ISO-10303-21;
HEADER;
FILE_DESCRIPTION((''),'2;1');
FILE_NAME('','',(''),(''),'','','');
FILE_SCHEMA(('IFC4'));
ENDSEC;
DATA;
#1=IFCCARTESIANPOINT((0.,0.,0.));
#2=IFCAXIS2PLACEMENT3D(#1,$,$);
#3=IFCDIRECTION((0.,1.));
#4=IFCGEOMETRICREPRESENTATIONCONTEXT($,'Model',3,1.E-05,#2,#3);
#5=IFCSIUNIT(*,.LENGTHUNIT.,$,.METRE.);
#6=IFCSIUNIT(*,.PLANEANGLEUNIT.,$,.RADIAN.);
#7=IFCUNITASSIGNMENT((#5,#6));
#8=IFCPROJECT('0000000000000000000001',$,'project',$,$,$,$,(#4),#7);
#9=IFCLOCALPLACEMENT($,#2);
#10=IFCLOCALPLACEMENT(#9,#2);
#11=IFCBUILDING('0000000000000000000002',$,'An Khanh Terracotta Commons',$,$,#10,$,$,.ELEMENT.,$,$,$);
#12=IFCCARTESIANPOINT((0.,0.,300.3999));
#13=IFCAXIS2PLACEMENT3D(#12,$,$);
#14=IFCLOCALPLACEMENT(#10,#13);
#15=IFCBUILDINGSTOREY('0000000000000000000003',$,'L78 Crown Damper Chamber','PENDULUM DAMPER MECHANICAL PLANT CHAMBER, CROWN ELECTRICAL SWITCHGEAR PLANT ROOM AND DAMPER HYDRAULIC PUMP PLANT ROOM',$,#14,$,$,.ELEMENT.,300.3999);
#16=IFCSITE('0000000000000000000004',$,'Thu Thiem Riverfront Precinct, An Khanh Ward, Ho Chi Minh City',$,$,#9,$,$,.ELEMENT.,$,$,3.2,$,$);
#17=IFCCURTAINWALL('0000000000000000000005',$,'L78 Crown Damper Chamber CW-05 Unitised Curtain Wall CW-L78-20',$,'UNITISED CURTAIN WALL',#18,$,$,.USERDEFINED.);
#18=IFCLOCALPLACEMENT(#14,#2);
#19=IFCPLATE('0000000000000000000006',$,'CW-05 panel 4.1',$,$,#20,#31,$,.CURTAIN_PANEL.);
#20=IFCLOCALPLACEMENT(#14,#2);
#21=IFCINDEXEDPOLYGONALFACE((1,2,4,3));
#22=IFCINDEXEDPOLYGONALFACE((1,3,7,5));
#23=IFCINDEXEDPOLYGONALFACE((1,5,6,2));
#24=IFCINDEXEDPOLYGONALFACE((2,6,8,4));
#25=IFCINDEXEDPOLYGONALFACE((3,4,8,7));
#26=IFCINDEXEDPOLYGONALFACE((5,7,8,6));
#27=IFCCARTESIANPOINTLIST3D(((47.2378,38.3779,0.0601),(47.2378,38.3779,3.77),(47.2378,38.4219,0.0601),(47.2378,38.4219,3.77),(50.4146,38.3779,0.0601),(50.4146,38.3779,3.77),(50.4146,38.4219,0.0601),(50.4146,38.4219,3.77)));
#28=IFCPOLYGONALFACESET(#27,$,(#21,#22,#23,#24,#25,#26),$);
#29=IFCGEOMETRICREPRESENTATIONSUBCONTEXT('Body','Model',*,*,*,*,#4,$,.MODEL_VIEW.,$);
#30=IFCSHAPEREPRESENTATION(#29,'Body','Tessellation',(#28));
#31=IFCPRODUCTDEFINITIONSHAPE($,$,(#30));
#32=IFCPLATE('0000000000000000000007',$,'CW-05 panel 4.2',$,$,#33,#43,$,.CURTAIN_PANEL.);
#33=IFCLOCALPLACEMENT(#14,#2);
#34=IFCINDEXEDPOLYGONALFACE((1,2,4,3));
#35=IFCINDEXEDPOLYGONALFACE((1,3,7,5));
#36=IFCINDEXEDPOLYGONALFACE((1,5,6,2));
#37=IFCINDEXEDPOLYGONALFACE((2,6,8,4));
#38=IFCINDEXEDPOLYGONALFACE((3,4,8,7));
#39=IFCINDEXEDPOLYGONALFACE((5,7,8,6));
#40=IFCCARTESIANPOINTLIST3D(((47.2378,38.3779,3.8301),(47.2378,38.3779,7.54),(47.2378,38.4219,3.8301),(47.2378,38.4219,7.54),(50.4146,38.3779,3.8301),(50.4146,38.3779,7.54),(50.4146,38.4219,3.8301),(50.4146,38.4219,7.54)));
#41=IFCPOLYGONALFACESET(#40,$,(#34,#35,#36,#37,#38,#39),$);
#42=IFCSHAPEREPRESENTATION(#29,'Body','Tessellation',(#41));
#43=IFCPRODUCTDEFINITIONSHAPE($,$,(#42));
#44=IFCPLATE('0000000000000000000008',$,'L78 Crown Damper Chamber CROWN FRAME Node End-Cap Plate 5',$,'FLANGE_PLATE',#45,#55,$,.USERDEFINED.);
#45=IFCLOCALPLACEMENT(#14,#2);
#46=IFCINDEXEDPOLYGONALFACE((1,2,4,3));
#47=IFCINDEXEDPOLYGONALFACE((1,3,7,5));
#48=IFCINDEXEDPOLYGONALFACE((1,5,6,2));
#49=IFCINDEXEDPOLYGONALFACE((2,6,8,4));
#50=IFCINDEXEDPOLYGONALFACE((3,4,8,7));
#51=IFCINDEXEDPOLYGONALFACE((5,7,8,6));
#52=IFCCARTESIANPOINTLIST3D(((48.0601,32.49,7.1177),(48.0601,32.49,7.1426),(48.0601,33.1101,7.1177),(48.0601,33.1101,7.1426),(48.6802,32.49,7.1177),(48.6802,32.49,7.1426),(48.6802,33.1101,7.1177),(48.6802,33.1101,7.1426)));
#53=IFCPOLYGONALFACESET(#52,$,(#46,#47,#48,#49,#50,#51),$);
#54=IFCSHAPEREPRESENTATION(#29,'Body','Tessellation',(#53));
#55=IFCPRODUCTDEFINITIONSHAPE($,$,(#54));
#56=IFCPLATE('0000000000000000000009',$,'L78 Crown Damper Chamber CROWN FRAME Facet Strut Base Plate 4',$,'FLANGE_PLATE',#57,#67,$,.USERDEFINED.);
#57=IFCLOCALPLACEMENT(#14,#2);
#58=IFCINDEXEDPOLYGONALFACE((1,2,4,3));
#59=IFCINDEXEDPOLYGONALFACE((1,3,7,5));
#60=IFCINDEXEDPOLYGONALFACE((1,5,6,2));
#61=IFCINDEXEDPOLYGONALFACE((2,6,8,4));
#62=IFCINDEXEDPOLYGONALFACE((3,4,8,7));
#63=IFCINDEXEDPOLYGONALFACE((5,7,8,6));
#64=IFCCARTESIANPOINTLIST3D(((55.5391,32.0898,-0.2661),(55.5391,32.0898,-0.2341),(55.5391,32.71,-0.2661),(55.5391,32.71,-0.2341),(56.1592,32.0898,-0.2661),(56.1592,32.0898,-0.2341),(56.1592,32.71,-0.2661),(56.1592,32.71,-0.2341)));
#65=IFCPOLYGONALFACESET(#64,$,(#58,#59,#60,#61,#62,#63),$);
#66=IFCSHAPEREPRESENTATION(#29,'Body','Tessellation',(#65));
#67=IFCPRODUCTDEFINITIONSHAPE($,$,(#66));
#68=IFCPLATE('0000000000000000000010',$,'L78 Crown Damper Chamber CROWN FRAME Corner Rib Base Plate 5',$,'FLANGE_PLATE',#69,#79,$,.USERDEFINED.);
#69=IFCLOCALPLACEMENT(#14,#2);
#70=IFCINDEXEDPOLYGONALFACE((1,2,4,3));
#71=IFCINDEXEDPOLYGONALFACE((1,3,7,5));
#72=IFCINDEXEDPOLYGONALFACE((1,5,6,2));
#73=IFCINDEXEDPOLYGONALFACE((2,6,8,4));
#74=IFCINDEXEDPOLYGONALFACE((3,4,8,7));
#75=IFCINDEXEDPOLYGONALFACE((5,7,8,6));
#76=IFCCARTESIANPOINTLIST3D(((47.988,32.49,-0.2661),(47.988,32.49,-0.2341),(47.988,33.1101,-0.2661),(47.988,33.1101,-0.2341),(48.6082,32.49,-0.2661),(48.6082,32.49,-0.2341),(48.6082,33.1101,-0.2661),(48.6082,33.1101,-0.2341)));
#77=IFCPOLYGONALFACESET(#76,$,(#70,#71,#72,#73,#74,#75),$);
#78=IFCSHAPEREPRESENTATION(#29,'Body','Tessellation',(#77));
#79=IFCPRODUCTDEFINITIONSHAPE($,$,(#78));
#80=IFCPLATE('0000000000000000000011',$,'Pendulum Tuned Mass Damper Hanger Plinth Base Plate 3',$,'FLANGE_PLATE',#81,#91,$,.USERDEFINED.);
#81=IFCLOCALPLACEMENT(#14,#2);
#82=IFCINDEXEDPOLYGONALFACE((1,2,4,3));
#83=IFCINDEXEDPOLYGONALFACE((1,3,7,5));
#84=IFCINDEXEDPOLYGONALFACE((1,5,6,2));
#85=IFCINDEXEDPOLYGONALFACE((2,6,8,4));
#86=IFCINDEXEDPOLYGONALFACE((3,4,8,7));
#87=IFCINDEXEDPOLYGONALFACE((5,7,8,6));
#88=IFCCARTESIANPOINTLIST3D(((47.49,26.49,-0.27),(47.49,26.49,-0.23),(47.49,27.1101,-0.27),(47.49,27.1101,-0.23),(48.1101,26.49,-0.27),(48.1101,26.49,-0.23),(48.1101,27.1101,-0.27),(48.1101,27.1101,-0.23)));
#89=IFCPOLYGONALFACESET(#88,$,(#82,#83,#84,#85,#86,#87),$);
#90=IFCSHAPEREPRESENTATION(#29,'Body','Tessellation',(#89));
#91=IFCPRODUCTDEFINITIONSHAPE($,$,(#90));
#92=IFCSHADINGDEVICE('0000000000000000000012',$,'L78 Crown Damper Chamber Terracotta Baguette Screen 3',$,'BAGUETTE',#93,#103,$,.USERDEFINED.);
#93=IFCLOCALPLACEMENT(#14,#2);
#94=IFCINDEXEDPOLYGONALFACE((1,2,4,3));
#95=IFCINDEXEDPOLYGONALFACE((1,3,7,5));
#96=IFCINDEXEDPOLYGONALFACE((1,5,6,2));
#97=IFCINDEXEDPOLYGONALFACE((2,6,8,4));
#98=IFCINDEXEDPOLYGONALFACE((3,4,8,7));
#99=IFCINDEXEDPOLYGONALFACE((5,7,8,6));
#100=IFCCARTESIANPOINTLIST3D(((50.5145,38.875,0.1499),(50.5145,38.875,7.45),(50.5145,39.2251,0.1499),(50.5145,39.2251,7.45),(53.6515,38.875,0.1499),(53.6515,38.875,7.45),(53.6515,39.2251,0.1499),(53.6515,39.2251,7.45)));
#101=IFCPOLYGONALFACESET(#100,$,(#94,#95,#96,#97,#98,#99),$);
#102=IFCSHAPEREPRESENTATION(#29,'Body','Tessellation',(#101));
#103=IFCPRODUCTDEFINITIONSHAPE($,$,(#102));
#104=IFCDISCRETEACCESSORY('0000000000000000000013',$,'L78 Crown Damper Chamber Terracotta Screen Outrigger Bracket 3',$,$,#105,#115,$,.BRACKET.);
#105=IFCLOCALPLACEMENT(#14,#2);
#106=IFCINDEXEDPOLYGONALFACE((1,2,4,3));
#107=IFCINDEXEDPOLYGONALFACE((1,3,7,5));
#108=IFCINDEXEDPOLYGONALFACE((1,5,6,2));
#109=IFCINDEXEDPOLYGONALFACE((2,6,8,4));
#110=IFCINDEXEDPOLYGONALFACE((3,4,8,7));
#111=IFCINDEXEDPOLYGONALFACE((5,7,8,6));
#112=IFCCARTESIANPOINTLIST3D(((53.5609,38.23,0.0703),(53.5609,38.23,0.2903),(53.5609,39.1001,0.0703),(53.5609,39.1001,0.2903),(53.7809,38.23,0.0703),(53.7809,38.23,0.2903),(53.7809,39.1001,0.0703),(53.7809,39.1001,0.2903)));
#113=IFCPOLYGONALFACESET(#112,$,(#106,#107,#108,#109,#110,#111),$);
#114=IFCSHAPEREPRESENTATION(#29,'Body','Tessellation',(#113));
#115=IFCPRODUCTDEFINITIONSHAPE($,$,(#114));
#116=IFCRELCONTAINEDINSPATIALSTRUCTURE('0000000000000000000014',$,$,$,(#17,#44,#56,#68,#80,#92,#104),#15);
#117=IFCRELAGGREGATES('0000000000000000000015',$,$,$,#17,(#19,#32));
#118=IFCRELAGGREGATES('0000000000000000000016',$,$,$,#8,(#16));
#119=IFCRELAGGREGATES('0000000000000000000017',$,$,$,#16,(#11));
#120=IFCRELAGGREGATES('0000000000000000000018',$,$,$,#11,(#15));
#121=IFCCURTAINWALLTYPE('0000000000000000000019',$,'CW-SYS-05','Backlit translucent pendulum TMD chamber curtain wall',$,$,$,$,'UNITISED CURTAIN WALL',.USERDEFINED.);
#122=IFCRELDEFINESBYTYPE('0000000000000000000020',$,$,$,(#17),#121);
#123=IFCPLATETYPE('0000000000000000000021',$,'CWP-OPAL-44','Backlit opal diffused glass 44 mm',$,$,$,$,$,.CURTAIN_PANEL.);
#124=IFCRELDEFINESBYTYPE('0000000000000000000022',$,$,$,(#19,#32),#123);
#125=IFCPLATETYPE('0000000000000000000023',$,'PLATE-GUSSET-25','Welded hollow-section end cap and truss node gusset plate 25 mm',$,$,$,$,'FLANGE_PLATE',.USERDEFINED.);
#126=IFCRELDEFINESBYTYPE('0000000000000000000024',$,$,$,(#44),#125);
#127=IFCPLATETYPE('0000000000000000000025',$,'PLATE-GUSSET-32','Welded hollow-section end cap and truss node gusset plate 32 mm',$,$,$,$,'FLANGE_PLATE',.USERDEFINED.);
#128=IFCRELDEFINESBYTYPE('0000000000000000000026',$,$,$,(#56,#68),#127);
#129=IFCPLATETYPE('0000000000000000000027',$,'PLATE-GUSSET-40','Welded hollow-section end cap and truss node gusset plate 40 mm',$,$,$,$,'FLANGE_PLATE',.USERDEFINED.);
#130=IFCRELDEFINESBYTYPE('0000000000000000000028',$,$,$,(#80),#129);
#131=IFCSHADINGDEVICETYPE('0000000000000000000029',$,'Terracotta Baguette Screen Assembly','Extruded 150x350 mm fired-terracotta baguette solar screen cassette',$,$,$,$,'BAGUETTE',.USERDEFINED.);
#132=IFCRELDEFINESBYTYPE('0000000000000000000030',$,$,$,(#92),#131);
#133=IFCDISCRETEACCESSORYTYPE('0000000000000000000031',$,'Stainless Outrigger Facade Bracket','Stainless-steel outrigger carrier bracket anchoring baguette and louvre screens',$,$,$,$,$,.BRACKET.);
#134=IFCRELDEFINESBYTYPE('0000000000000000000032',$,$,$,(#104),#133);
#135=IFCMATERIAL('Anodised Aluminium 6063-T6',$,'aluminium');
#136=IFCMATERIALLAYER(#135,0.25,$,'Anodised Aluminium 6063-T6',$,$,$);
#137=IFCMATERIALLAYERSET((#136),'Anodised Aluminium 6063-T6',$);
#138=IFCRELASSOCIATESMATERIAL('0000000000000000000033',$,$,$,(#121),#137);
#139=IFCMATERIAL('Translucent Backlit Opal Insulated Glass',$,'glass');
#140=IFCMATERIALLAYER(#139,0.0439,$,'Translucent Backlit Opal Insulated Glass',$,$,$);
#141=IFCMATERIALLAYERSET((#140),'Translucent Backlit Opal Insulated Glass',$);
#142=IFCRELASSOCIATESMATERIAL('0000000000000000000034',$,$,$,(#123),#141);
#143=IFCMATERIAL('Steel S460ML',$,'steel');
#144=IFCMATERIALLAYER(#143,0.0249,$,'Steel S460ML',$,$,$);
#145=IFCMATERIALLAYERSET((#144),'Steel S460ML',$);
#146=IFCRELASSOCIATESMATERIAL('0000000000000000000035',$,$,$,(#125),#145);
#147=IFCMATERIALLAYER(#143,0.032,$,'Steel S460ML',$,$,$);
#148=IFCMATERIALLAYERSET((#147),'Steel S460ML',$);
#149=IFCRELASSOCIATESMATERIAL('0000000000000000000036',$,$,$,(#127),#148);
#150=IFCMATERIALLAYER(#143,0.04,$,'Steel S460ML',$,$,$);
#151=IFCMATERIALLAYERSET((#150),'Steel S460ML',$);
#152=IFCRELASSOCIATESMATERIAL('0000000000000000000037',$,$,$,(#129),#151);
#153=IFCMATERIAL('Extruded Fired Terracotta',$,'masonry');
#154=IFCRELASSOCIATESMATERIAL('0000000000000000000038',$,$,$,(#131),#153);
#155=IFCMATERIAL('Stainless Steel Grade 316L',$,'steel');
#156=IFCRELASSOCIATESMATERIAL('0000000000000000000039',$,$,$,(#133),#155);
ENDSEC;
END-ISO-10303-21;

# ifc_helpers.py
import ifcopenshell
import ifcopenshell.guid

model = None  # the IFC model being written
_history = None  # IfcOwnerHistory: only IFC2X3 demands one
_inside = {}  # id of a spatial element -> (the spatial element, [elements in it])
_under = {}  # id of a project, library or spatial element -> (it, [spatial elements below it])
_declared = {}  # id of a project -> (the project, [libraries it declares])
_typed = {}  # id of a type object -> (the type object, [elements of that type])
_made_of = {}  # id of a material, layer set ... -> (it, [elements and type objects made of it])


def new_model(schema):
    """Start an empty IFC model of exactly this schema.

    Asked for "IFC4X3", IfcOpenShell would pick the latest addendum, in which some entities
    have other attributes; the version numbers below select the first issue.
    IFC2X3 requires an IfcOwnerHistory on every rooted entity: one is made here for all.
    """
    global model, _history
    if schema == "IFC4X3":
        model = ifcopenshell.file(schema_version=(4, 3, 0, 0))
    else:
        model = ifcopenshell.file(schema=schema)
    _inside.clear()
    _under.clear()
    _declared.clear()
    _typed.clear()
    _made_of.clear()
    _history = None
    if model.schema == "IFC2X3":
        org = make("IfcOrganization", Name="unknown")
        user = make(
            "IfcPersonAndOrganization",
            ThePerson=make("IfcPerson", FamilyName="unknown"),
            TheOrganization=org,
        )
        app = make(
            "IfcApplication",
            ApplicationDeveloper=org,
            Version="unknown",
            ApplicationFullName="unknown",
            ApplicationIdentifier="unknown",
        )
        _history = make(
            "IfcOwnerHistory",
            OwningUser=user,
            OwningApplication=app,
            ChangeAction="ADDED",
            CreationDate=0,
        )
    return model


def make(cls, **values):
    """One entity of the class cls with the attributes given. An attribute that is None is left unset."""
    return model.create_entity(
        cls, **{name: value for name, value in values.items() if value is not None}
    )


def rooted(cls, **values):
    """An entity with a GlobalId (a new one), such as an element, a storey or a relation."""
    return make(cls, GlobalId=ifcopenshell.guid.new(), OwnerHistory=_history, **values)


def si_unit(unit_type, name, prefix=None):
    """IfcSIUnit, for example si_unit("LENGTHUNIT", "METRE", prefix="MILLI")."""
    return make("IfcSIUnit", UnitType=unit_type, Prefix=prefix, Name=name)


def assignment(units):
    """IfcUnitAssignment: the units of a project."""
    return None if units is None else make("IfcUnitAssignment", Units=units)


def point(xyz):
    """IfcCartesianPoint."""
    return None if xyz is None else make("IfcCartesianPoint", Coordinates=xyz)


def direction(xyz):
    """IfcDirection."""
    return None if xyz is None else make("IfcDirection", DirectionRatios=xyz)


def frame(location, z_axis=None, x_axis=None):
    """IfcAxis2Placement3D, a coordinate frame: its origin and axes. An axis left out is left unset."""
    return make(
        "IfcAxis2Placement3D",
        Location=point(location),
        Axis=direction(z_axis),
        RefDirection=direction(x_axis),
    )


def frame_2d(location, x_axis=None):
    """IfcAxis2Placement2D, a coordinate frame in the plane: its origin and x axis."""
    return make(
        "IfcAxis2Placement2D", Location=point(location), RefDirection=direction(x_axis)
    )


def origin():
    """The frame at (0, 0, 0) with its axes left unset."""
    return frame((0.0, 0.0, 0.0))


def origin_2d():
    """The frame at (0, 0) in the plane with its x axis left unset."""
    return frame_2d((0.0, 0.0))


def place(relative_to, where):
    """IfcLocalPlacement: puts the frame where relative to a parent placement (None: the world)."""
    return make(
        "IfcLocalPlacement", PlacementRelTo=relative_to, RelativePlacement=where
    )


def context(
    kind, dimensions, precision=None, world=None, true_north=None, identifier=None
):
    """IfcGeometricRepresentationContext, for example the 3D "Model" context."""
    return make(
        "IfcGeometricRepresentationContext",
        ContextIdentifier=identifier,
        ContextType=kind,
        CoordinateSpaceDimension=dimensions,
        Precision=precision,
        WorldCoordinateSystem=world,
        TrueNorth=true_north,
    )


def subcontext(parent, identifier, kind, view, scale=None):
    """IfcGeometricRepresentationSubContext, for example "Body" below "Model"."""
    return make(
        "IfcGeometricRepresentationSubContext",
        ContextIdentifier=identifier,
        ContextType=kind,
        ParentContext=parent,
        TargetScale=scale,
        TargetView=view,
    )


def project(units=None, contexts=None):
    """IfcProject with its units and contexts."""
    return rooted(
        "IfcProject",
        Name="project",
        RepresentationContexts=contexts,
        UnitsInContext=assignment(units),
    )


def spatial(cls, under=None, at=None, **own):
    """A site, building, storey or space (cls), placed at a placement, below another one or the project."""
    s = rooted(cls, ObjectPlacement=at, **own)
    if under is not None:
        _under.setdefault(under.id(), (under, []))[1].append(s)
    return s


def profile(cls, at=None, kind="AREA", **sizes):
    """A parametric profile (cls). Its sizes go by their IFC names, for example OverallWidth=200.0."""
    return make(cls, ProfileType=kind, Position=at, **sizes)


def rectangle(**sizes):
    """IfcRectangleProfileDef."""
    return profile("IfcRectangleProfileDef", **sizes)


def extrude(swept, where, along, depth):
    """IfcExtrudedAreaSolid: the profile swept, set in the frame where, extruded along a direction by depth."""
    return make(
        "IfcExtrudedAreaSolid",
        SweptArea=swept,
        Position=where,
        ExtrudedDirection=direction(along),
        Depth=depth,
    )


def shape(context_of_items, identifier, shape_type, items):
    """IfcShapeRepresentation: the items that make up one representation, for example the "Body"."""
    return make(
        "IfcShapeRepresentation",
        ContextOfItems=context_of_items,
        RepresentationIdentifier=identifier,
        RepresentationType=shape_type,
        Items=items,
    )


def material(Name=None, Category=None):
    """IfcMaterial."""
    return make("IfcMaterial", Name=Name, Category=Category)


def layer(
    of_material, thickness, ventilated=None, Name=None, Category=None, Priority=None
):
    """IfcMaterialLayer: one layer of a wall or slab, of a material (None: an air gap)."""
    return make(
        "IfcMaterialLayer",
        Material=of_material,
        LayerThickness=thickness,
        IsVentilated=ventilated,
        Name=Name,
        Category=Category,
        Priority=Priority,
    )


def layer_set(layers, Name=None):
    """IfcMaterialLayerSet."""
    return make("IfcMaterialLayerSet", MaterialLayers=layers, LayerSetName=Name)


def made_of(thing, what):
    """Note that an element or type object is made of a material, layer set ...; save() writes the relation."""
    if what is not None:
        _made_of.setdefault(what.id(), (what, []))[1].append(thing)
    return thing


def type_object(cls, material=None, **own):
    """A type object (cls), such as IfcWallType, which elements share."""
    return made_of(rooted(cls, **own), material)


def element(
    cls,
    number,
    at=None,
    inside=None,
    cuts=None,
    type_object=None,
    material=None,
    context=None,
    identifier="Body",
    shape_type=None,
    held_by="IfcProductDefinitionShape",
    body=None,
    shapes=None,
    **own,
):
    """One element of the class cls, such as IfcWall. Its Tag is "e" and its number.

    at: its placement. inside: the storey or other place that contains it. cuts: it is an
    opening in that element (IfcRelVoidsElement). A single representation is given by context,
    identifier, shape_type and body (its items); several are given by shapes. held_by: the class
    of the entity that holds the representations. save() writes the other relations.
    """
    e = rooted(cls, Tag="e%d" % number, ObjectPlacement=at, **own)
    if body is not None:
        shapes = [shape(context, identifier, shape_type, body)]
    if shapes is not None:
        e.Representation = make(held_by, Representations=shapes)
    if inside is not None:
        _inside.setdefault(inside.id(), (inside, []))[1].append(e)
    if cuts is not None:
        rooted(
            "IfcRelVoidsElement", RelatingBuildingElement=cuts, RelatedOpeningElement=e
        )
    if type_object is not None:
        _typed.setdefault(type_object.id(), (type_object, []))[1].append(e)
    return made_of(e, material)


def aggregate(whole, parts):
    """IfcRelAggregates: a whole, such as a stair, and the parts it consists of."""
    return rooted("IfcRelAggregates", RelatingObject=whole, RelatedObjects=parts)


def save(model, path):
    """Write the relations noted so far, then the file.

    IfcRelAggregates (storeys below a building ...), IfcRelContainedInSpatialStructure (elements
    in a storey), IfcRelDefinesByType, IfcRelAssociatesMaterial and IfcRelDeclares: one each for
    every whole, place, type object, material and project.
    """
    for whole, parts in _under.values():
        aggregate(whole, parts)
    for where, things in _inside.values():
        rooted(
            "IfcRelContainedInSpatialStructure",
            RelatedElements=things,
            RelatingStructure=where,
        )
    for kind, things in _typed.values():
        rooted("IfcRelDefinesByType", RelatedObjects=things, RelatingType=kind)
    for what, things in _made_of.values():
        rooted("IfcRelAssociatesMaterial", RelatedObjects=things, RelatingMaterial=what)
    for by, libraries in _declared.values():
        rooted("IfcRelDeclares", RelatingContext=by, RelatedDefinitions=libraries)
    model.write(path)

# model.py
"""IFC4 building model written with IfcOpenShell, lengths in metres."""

from ifc_helpers import new_model, si_unit, direction, frame, origin, origin_2d, place, context, subcontext, project, spatial, rectangle, extrude, material, layer, layer_set, type_object, element, aggregate, save


model = new_model("IFC4")

# Units and contexts
model_context = context("Model", 3, precision=1e-05, world=origin(), true_north=direction((0.0, 1.0)))
body_context = subcontext(model_context, "Body", "Model", "MODEL_VIEW")
ifc_project = project(units=[si_unit("LENGTHUNIT", "METRE"), si_unit("PLANEANGLEUNIT", "RADIAN")], contexts=[model_context])

# Site, building, storey
site_placement = place(None, origin())
site = spatial("IfcSite", under=ifc_project, at=site_placement, Name="Thu Thiem Riverfront Precinct, An Khanh Ward, Ho Chi Minh City", CompositionType="ELEMENT", RefElevation=3.2)
building_placement = place(site_placement, origin())
building = spatial("IfcBuilding", under=site, at=building_placement, Name="An Khanh Terracotta Commons", CompositionType="ELEMENT")
storey_placement = place(building_placement, frame((0.0, 0.0, 300.3999)))
storey = spatial("IfcBuildingStorey", under=building, at=storey_placement, Name="L78 Crown Damper Chamber", Description="PENDULUM DAMPER MECHANICAL PLANT CHAMBER, CROWN ELECTRICAL SWITCHGEAR PLANT ROOM AND DAMPER HYDRAULIC PUMP PLANT ROOM", CompositionType="ELEMENT", Elevation=300.3999)

# Shared definitions
ifc_material_1 = material(Name="Steel S460ML", Category="steel")

# Curtain wall
ifc_material_2 = material(Name="Anodised Aluminium 6063-T6", Category="aluminium")
ifc_layer_1 = layer(ifc_material_2, 0.25, Name="Anodised Aluminium 6063-T6")
ifc_layer_set_1 = layer_set([ifc_layer_1], Name="Anodised Aluminium 6063-T6")
curtain_wall_type = type_object("IfcCurtainWallType", Name="CW-SYS-05", Description="Backlit translucent pendulum TMD chamber curtain wall", ElementType="UNITISED CURTAIN WALL", PredefinedType="USERDEFINED", material=ifc_layer_set_1)
curtain_wall_placement = place(storey_placement, origin())
curtain_wall = element("IfcCurtainWall", 1, at=curtain_wall_placement, inside=storey, type_object=curtain_wall_type, Name="L78 Crown Damper Chamber CW-05 Unitised Curtain Wall CW-L78-20", ObjectType="UNITISED CURTAIN WALL", PredefinedType="USERDEFINED")

# Plates
ifc_material_3 = material(Name="Translucent Backlit Opal Insulated Glass", Category="glass")
ifc_layer_2 = layer(ifc_material_3, 0.0439, Name="Translucent Backlit Opal Insulated Glass")
ifc_layer_set_2 = layer_set([ifc_layer_2], Name="Translucent Backlit Opal Insulated Glass")
plate_type_1 = type_object("IfcPlateType", Name="CWP-OPAL-44", Description="Backlit opal diffused glass 44 mm", PredefinedType="CURTAIN_PANEL", material=ifc_layer_set_2)
plate_1_placement = place(storey_placement, frame((48.8262, 38.3999, 0.0601), z_axis=(0.0, 0.0, 1.0), x_axis=(-1.0, 0.0, 0.0)))
plate_1 = element("IfcPlate", 2, at=plate_1_placement, type_object=plate_type_1, Name="CW-05 panel 4.1", PredefinedType="CURTAIN_PANEL", context=body_context, shape_type="SweptSolid", body=[
    extrude(rectangle(XDim=3.1768, YDim=0.0439, at=origin_2d()), origin(), (0.0, 0.0, 1.0), 3.71),
])
plate_2_placement = place(storey_placement, frame((48.8262, 38.3999, 3.8301), z_axis=(0.0, 0.0, 1.0), x_axis=(-1.0, 0.0, 0.0)))
plate_2 = element("IfcPlate", 3, at=plate_2_placement, type_object=plate_type_1, Name="CW-05 panel 4.2", PredefinedType="CURTAIN_PANEL", context=body_context, shape_type="SweptSolid", body=[
    extrude(rectangle(XDim=3.1768, YDim=0.0439, at=origin_2d()), origin(), (0.0, 0.0, 1.0), 3.71),
])
aggregate(curtain_wall, [plate_1, plate_2])

# Plates
ifc_layer_3 = layer(ifc_material_1, 0.0249, Name="Steel S460ML")
ifc_layer_set_3 = layer_set([ifc_layer_3], Name="Steel S460ML")
plate_type_2 = type_object("IfcPlateType", Name="PLATE-GUSSET-25", Description="Welded hollow-section end cap and truss node gusset plate 25 mm", ElementType="FLANGE_PLATE", PredefinedType="USERDEFINED", material=ifc_layer_set_3)
plate_3_placement = place(storey_placement, frame((48.3701, 32.8, 7.1177), z_axis=(0.0, 0.0, 1.0), x_axis=(1.0, 0.0, 0.0)))
element("IfcPlate", 4, at=plate_3_placement, inside=storey, type_object=plate_type_2, Name="L78 Crown Damper Chamber CROWN FRAME Node End-Cap Plate 5", ObjectType="FLANGE_PLATE", PredefinedType="USERDEFINED", context=body_context, shape_type="SweptSolid", body=[
    extrude(rectangle(XDim=0.6201, YDim=0.6201, at=origin_2d()), origin(), (0.0, 0.0, 1.0), 0.0249),
])
ifc_layer_4 = layer(ifc_material_1, 0.032, Name="Steel S460ML")
ifc_layer_set_4 = layer_set([ifc_layer_4], Name="Steel S460ML")
plate_type_3 = type_object("IfcPlateType", Name="PLATE-GUSSET-32", Description="Welded hollow-section end cap and truss node gusset plate 32 mm", ElementType="FLANGE_PLATE", PredefinedType="USERDEFINED", material=ifc_layer_set_4)
for number, where, z_axis, x_axis, name in (
    (5, (55.8491, 32.3999, -0.2661), (0.0, 0.0, 1.0), (1.0, 0.0, 0.0), "L78 Crown Damper Chamber CROWN FRAME Facet Strut Base Plate 4"),
    (6, (48.2981, 32.8, -0.2661), (0.0, 0.0, 1.0), (1.0, 0.0, 0.0), "L78 Crown Damper Chamber CROWN FRAME Corner Rib Base Plate 5"),
):
    element("IfcPlate", number, at=place(storey_placement, frame(where, z_axis=z_axis, x_axis=x_axis)), inside=storey, type_object=plate_type_3, Name=name, ObjectType="FLANGE_PLATE", PredefinedType="USERDEFINED", context=body_context, shape_type="SweptSolid", body=[
        extrude(rectangle(XDim=0.6201, YDim=0.6201, at=origin_2d()), origin(), (0.0, 0.0, 1.0), 0.032),
    ])
ifc_layer_5 = layer(ifc_material_1, 0.04, Name="Steel S460ML")
ifc_layer_set_5 = layer_set([ifc_layer_5], Name="Steel S460ML")
plate_type_4 = type_object("IfcPlateType", Name="PLATE-GUSSET-40", Description="Welded hollow-section end cap and truss node gusset plate 40 mm", ElementType="FLANGE_PLATE", PredefinedType="USERDEFINED", material=ifc_layer_set_5)
plate_4_placement = place(storey_placement, frame((47.8, 26.8, -0.27), z_axis=(0.0, 0.0, 1.0), x_axis=(1.0, 0.0, 0.0)))
element("IfcPlate", 7, at=plate_4_placement, inside=storey, type_object=plate_type_4, Name="Pendulum Tuned Mass Damper Hanger Plinth Base Plate 3", ObjectType="FLANGE_PLATE", PredefinedType="USERDEFINED", context=body_context, shape_type="SweptSolid", body=[
    extrude(rectangle(XDim=0.6201, YDim=0.6201, at=origin_2d()), origin(), (0.0, 0.0, 1.0), 0.04),
])

# Shading device
ifc_material_4 = material(Name="Extruded Fired Terracotta", Category="masonry")
shading_device_type = type_object("IfcShadingDeviceType", Name="Terracotta Baguette Screen Assembly", Description="Extruded 150x350 mm fired-terracotta baguette solar screen cassette", ElementType="BAGUETTE", PredefinedType="USERDEFINED", material=ifc_material_4)
shading_device_placement = place(storey_placement, frame((52.083, 39.05, 0.1499), z_axis=(0.0, 0.0, 1.0), x_axis=(-1.0, 0.0, 0.0)))
element("IfcShadingDevice", 8, at=shading_device_placement, inside=storey, type_object=shading_device_type, Name="L78 Crown Damper Chamber Terracotta Baguette Screen 3", ObjectType="BAGUETTE", PredefinedType="USERDEFINED", context=body_context, shape_type="SweptSolid", body=[
    extrude(rectangle(XDim=3.137, YDim=0.3501, at=origin_2d()), origin(), (0.0, 0.0, 1.0), 7.3),
])

# Discrete accessory
ifc_material_5 = material(Name="Stainless Steel Grade 316L", Category="steel")
discrete_accessory_type = type_object("IfcDiscreteAccessoryType", Name="Stainless Outrigger Facade Bracket", Description="Stainless-steel outrigger carrier bracket anchoring baguette and louvre screens", PredefinedType="BRACKET", material=ifc_material_5)
discrete_accessory_placement = place(storey_placement, frame((53.6709, 38.665, 0.0703), z_axis=(0.0, 0.0, 1.0), x_axis=(-1.0, 0.0, 0.0)))
element("IfcDiscreteAccessory", 9, at=discrete_accessory_placement, inside=storey, type_object=discrete_accessory_type, Name="L78 Crown Damper Chamber Terracotta Screen Outrigger Bracket 3", PredefinedType="BRACKET", context=body_context, shape_type="SweptSolid", body=[
    extrude(rectangle(XDim=0.22, YDim=0.8701, at=origin_2d()), origin(), (0.0, 0.0, 1.0), 0.22),
])

save(model, "model.ifc")
